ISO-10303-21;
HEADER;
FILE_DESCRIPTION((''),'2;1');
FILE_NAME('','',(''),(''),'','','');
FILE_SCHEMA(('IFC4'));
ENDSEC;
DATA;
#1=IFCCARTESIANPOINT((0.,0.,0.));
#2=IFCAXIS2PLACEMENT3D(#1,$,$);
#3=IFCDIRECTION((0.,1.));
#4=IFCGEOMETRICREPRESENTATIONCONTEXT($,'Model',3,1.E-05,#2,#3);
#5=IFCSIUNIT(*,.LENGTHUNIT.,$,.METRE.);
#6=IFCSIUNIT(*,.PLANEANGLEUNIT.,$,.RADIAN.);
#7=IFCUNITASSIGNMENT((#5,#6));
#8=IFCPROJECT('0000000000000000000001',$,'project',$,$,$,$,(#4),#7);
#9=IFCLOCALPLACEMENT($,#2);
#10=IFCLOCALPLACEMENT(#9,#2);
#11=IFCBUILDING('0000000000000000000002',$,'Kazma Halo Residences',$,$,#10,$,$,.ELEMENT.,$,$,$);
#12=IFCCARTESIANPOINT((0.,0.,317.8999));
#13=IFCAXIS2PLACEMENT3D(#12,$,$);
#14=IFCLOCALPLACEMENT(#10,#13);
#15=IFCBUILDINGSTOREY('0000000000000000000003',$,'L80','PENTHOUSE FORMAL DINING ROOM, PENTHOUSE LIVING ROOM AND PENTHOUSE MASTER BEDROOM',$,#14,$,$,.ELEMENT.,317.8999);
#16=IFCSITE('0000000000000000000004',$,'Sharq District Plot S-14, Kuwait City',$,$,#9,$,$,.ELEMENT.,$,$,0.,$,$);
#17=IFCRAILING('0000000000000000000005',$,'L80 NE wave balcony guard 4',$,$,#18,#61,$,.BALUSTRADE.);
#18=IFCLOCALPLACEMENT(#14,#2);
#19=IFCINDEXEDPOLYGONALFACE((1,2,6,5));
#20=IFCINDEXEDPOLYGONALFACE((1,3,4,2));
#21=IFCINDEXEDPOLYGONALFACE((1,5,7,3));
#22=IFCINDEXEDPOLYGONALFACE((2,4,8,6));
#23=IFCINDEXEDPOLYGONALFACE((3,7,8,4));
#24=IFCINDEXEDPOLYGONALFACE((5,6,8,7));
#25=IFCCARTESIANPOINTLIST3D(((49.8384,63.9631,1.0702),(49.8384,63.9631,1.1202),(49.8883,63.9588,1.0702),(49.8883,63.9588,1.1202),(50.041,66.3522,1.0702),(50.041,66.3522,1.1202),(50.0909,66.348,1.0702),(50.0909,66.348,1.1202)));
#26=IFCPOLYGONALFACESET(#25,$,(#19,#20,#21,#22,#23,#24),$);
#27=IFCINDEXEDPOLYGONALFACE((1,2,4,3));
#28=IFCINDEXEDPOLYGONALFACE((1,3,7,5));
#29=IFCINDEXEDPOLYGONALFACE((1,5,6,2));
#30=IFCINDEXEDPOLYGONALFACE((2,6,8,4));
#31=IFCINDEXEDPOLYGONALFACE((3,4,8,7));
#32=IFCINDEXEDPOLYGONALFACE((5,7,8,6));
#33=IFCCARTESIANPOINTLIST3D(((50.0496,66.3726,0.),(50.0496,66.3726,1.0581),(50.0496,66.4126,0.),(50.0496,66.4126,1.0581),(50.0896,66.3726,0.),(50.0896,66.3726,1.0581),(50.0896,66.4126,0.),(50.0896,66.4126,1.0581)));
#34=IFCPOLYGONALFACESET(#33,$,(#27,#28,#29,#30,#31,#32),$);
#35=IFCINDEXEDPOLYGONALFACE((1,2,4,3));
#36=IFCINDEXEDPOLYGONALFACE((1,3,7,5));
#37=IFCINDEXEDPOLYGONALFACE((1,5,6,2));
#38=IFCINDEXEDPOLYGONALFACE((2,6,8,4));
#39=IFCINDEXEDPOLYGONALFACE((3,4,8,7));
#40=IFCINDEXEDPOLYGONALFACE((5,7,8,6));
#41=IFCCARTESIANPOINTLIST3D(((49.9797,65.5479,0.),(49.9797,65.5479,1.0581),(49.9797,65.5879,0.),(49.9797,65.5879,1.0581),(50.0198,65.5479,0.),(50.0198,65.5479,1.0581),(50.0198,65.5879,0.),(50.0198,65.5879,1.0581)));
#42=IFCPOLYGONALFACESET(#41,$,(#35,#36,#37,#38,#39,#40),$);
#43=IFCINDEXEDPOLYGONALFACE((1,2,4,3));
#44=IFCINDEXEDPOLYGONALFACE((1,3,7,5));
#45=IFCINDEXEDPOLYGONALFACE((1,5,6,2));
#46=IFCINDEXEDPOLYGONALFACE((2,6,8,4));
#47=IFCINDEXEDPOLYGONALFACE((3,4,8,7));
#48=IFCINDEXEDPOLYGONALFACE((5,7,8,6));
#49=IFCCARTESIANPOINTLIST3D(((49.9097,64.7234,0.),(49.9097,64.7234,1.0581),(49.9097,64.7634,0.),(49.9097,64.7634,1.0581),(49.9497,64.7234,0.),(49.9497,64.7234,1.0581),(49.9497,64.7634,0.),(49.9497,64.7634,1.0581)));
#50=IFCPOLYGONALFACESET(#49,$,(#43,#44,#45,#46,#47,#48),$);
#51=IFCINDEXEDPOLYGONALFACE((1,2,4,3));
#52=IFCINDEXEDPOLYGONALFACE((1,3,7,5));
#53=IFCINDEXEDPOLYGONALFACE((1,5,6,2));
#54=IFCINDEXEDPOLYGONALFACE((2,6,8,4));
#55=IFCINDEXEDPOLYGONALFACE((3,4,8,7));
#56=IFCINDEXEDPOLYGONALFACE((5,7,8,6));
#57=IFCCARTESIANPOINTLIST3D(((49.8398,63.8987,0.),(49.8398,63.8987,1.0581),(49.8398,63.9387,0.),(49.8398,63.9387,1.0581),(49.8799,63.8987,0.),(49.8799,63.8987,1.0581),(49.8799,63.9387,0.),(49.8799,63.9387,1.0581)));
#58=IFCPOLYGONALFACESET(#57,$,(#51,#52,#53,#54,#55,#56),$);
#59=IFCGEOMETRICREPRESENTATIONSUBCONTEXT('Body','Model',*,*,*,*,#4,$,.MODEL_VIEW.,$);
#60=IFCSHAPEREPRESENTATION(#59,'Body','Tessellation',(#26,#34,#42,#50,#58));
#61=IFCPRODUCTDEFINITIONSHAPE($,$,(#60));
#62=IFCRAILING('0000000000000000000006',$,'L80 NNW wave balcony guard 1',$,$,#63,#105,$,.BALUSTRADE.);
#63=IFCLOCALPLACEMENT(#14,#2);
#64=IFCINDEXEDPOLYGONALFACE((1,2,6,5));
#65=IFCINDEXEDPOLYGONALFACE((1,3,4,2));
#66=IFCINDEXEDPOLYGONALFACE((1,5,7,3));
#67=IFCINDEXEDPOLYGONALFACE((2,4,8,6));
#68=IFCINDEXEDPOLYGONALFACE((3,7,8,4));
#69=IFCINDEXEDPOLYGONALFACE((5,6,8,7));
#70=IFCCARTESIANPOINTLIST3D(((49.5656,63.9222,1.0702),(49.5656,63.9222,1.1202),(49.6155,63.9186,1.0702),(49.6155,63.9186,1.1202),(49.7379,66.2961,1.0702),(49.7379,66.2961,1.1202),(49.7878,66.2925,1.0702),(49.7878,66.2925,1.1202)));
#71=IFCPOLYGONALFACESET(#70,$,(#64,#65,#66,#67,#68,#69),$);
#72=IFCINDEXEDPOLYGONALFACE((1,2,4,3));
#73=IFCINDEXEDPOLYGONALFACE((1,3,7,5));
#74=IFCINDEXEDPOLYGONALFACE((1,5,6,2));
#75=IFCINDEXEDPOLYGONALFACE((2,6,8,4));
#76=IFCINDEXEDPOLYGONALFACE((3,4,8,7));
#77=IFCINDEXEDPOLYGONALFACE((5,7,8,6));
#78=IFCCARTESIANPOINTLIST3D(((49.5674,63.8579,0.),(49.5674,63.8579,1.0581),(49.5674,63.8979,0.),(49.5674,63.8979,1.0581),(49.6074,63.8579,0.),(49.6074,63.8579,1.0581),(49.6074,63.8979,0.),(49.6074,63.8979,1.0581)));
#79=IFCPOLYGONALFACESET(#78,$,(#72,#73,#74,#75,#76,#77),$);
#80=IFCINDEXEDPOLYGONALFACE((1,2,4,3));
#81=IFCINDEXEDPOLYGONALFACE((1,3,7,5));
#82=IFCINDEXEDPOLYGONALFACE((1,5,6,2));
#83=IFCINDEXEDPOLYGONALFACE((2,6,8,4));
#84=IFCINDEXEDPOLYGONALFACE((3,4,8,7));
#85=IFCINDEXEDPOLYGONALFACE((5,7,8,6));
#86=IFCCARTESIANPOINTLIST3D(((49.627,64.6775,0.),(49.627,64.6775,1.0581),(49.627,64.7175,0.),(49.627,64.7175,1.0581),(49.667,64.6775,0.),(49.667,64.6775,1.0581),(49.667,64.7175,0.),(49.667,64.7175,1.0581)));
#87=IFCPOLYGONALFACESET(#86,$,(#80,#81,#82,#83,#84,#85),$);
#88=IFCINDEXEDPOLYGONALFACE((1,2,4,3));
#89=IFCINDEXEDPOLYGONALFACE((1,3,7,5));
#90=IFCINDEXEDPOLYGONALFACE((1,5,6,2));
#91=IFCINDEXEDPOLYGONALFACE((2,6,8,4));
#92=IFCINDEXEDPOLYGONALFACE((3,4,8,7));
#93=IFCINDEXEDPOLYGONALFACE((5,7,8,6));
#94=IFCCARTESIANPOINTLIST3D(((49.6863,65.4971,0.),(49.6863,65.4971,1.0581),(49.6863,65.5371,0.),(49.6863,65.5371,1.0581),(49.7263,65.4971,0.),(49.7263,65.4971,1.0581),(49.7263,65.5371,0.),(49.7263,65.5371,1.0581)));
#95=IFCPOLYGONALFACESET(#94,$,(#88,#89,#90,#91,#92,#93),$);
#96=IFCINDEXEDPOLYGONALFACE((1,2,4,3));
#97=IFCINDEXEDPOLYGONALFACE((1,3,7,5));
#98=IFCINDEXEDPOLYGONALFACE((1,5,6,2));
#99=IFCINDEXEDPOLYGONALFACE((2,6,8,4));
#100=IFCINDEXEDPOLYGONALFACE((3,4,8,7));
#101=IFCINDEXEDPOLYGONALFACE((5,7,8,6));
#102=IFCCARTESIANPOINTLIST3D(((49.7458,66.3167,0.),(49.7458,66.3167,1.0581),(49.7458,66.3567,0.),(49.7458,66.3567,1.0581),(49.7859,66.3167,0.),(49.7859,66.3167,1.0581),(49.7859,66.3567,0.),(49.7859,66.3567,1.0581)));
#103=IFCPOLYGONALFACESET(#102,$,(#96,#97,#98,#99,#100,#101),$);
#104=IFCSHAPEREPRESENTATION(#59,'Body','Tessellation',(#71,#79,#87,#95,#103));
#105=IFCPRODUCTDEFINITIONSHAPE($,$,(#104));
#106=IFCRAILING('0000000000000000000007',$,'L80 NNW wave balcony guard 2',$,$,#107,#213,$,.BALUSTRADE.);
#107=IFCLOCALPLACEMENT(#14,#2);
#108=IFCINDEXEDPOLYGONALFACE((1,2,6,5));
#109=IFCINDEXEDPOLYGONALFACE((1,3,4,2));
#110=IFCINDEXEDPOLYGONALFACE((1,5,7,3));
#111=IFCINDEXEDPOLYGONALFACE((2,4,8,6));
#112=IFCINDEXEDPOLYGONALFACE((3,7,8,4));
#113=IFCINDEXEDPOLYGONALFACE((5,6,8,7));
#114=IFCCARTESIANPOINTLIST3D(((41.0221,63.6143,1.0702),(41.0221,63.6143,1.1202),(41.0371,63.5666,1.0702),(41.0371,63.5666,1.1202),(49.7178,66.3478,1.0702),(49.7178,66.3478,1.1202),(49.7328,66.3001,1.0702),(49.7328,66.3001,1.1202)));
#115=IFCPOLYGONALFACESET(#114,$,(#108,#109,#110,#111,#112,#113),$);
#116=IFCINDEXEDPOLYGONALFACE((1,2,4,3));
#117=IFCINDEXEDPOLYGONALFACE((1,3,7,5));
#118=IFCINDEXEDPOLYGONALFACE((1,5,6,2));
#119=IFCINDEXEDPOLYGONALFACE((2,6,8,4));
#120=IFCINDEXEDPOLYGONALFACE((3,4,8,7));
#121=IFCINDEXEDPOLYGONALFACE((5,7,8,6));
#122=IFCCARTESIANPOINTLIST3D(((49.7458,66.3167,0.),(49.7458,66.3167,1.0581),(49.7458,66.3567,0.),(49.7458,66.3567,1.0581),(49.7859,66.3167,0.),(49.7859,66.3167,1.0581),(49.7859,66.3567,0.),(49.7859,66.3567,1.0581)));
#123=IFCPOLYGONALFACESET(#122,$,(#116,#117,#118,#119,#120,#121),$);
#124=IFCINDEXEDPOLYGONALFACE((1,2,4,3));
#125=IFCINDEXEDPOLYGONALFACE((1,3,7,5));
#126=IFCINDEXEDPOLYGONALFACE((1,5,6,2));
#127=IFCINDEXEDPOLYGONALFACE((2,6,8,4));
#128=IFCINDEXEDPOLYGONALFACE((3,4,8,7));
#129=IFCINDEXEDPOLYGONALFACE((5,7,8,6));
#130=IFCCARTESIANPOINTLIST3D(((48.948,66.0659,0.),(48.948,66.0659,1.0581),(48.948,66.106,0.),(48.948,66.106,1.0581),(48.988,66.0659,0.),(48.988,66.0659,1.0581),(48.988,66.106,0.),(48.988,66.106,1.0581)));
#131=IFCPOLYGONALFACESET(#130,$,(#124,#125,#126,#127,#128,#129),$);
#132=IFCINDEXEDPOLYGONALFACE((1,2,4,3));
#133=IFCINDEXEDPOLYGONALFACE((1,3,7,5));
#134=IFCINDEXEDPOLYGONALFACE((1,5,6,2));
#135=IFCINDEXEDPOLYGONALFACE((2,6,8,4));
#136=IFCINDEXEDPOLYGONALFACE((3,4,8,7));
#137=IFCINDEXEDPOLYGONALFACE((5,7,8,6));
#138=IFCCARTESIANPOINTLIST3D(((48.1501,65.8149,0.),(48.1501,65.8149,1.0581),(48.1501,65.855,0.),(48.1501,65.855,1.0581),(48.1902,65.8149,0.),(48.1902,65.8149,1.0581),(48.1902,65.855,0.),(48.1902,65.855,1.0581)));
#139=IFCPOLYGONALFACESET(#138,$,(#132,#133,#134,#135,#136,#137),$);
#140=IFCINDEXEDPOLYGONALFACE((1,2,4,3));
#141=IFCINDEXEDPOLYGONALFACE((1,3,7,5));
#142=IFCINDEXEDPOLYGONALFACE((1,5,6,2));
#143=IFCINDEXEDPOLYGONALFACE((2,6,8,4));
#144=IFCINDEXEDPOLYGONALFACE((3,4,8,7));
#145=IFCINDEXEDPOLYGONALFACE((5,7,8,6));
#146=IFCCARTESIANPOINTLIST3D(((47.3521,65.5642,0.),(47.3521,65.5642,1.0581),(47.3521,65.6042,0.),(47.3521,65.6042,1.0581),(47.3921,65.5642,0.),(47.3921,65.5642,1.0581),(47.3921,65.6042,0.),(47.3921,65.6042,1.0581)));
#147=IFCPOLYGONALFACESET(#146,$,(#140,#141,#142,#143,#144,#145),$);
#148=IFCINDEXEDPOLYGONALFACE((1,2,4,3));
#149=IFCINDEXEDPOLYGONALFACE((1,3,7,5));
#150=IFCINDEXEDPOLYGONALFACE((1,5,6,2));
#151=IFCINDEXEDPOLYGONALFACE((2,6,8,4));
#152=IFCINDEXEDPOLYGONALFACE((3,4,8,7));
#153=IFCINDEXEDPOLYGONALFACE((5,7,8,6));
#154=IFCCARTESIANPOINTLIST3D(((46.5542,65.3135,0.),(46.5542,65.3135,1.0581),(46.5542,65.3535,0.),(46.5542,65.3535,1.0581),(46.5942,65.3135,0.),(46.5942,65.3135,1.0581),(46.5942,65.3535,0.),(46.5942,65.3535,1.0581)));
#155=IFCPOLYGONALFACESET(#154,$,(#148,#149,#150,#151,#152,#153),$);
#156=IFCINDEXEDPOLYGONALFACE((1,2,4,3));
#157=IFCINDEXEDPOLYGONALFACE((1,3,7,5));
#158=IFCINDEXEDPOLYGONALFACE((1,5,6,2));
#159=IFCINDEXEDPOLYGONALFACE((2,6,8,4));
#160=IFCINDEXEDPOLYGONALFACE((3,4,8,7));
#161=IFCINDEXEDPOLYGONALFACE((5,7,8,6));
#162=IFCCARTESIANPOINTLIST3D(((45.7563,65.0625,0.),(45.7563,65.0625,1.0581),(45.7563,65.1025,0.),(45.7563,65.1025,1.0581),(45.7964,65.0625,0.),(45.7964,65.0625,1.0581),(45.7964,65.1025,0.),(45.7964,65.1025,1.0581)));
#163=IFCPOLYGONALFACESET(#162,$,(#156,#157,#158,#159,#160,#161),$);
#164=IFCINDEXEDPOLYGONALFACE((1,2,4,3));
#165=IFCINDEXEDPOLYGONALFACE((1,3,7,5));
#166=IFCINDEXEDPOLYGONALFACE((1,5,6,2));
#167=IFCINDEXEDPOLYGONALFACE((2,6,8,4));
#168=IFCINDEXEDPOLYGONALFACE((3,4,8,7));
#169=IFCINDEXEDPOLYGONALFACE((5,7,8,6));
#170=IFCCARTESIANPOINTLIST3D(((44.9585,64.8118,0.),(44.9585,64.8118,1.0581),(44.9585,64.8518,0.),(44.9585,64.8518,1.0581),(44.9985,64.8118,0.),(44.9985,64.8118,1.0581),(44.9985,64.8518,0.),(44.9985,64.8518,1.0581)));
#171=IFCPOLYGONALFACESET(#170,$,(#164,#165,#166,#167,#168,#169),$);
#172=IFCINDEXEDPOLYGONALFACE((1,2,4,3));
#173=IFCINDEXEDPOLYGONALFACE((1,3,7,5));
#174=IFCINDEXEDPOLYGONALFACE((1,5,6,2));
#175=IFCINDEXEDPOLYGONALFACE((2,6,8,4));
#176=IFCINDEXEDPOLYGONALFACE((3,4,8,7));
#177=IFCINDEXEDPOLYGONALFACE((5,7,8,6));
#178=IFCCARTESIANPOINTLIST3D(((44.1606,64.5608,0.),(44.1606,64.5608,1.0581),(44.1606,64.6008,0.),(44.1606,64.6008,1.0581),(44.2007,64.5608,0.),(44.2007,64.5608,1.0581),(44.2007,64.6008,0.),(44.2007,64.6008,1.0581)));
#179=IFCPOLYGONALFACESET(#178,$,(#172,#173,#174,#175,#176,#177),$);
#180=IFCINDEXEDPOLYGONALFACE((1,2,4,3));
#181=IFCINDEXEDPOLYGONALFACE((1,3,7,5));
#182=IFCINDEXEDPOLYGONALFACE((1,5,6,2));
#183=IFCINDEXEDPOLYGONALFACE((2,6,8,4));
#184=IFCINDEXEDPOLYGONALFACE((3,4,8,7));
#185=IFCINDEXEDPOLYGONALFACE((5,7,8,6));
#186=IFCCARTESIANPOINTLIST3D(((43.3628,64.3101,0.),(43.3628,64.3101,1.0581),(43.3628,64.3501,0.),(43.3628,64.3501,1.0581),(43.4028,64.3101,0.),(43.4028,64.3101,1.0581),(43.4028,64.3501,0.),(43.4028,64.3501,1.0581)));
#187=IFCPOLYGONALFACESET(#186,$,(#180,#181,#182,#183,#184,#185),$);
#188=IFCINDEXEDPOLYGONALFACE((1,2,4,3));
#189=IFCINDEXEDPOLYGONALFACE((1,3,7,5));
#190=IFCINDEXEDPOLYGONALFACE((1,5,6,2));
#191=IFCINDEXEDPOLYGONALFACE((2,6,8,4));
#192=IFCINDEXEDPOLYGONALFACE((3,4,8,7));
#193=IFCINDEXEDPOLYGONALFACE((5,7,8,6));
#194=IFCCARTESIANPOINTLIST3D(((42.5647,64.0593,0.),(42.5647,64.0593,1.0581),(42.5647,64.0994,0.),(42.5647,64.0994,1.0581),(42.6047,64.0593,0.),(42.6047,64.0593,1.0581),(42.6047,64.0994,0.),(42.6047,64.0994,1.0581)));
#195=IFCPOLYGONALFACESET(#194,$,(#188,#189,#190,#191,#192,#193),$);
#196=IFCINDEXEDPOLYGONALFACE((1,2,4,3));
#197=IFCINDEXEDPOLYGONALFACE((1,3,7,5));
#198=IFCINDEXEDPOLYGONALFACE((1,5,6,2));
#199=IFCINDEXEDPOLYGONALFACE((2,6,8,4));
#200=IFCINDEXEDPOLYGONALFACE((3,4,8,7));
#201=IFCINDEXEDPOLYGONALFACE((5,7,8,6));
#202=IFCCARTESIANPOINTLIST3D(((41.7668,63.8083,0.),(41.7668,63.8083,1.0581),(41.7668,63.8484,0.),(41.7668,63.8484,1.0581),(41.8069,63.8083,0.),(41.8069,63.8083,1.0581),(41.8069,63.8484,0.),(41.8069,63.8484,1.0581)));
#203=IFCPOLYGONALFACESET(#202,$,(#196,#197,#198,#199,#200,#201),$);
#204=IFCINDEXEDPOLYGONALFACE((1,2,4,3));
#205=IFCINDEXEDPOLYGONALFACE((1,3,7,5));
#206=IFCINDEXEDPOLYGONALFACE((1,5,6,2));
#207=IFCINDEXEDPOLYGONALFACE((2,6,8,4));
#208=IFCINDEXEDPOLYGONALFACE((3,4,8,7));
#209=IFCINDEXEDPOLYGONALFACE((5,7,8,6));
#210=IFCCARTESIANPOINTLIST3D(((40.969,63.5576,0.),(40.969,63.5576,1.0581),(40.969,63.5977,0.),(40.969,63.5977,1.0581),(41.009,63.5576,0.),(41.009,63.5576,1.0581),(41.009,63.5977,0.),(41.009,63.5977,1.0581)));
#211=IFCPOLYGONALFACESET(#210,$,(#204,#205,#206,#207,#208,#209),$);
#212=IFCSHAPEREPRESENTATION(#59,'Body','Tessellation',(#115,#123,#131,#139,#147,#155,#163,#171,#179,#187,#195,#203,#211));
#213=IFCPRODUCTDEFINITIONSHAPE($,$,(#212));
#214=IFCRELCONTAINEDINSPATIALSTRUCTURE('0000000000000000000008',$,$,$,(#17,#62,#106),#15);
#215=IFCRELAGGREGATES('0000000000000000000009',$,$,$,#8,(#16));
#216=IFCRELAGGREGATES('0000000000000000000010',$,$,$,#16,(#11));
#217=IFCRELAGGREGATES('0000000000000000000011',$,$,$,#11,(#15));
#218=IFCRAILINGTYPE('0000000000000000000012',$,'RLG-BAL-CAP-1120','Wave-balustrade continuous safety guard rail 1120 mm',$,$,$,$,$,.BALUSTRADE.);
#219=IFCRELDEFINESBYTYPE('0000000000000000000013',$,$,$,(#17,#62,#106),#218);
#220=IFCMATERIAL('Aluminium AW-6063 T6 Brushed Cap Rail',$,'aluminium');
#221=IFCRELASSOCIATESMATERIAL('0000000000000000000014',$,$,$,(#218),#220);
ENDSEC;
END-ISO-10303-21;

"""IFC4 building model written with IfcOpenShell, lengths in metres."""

from ifc_helpers import new_model, si_unit, direction, frame, origin, origin_2d, place, context, subcontext, project, spatial, rectangle, extrude, material, type_object, element, save


model = new_model("IFC4")

# Units and contexts
model_context = context("Model", 3, precision=1e-05, world=origin(), true_north=direction((0.0, 1.0)))
body_context = subcontext(model_context, "Body", "Model", "MODEL_VIEW")
ifc_project = project(units=[si_unit("LENGTHUNIT", "METRE"), si_unit("PLANEANGLEUNIT", "RADIAN")], contexts=[model_context])

# Site, building, storey
site_placement = place(None, origin())
site = spatial("IfcSite", under=ifc_project, at=site_placement, Name="Sharq District Plot S-14, Kuwait City", CompositionType="ELEMENT", RefElevation=0.0)
building_placement = place(site_placement, origin())
building = spatial("IfcBuilding", under=site, at=building_placement, Name="Kazma Halo Residences", CompositionType="ELEMENT")
storey_placement = place(building_placement, frame((0.0, 0.0, 317.8999)))
storey = spatial("IfcBuildingStorey", under=building, at=storey_placement, Name="L80", Description="PENTHOUSE FORMAL DINING ROOM, PENTHOUSE LIVING ROOM AND PENTHOUSE MASTER BEDROOM", CompositionType="ELEMENT", Elevation=317.8999)

# Railings
ifc_material_1 = material(Name="Aluminium AW-6063 T6 Brushed Cap Rail", Category="aluminium")
railing_type = type_object("IfcRailingType", Name="RLG-BAL-CAP-1120", Description="Wave-balustrade continuous safety guard rail 1120 mm", PredefinedType="BALUSTRADE", material=ifc_material_1)
railing_1_placement = place(storey_placement, frame((50.0696, 66.3926, 0.0)))
element("IfcRailing", 1, at=railing_1_placement, inside=storey, type_object=railing_type, Name="L80 NE wave balcony guard 4", PredefinedType="BALUSTRADE", context=body_context, shape_type="SweptSolid", body=[
    extrude(rectangle(XDim=0.05, YDim=0.05, at=origin_2d()), frame((-0.0037, -0.0425, 1.0952), z_axis=(-0.08447, -0.996426, 0.0), x_axis=(0.996426, -0.08447, 0.0)), (0.0, 0.0, 1.0), 2.3977),
    extrude(rectangle(XDim=0.04, YDim=0.04, at=origin_2d()), origin(), (0.0, 0.0, 1.0), 1.0581),
    extrude(rectangle(XDim=0.04, YDim=0.04, at=origin_2d()), frame((-0.0698, -0.8247, 0.0)), (0.0, 0.0, 1.0), 1.0581),
    extrude(rectangle(XDim=0.04, YDim=0.04, at=origin_2d()), frame((-0.1399, -1.6492, 0.0)), (0.0, 0.0, 1.0), 1.0581),
    extrude(rectangle(XDim=0.04, YDim=0.04, at=origin_2d()), frame((-0.2097, -2.4739, 0.0)), (0.0, 0.0, 1.0), 1.0581),
])
railing_2_placement = place(storey_placement, frame((49.5874, 63.8779, 0.0)))
element("IfcRailing", 2, at=railing_2_placement, inside=storey, type_object=railing_type, Name="L80 NNW wave balcony guard 1", PredefinedType="BALUSTRADE", context=body_context, shape_type="SweptSolid", body=[
    extrude(rectangle(XDim=0.05, YDim=0.05, at=origin_2d()), frame((0.0032, 0.0425, 1.0952), z_axis=(0.072394, 0.997376, 0.0), x_axis=(-0.997376, 0.072394, 0.0)), (0.0, 0.0, 1.0), 2.3801),
    extrude(rectangle(XDim=0.04, YDim=0.04, at=origin_2d()), origin(), (0.0, 0.0, 1.0), 1.0581),
    extrude(rectangle(XDim=0.04, YDim=0.04, at=origin_2d()), frame((0.0596, 0.8196, 0.0)), (0.0, 0.0, 1.0), 1.0581),
    extrude(rectangle(XDim=0.04, YDim=0.04, at=origin_2d()), frame((0.1189, 1.6392, 0.0)), (0.0, 0.0, 1.0), 1.0581),
    extrude(rectangle(XDim=0.04, YDim=0.04, at=origin_2d()), frame((0.1785, 2.4587, 0.0)), (0.0, 0.0, 1.0), 1.0581),
])
railing_3_placement = place(storey_placement, frame((49.7659, 66.3367, 0.0)))
element("IfcRailing", 3, at=railing_3_placement, inside=storey, type_object=railing_type, Name="L80 NNW wave balcony guard 2", PredefinedType="BALUSTRADE", context=body_context, shape_type="SweptSolid", body=[
    extrude(rectangle(XDim=0.05, YDim=0.05, at=origin_2d()), frame((-0.0405, -0.0127, 1.0952), z_axis=(-0.953975, -0.299885, 0.0), x_axis=(0.299885, -0.953975, 0.0)), (0.0, 0.0, 1.0), 9.1152),
    extrude(rectangle(XDim=0.04, YDim=0.04, at=origin_2d()), origin(), (0.0, 0.0, 1.0), 1.0581),
    extrude(rectangle(XDim=0.04, YDim=0.04, at=origin_2d()), frame((-0.7979, -0.2507, 0.0)), (0.0, 0.0, 1.0), 1.0581),
    extrude(rectangle(XDim=0.04, YDim=0.04, at=origin_2d()), frame((-1.5957, -0.5017, 0.0)), (0.0, 0.0, 1.0), 1.0581),
    extrude(rectangle(XDim=0.04, YDim=0.04, at=origin_2d()), frame((-2.3938, -0.7524, 0.0)), (0.0, 0.0, 1.0), 1.0581),
    extrude(rectangle(XDim=0.04, YDim=0.04, at=origin_2d()), frame((-3.1917, -1.0032, 0.0)), (0.0, 0.0, 1.0), 1.0581),
    extrude(rectangle(XDim=0.04, YDim=0.04, at=origin_2d()), frame((-3.9895, -1.2542, 0.0)), (0.0, 0.0, 1.0), 1.0581),
    extrude(rectangle(XDim=0.04, YDim=0.04, at=origin_2d()), frame((-4.7874, -1.5049, 0.0)), (0.0, 0.0, 1.0), 1.0581),
    extrude(rectangle(XDim=0.04, YDim=0.04, at=origin_2d()), frame((-5.5852, -1.7559, 0.0)), (0.0, 0.0, 1.0), 1.0581),
    extrude(rectangle(XDim=0.04, YDim=0.04, at=origin_2d()), frame((-6.3831, -2.0066, 0.0)), (0.0, 0.0, 1.0), 1.0581),
    extrude(rectangle(XDim=0.04, YDim=0.04, at=origin_2d()), frame((-7.1812, -2.2573, 0.0)), (0.0, 0.0, 1.0), 1.0581),
    extrude(rectangle(XDim=0.04, YDim=0.04, at=origin_2d()), frame((-7.979, -2.5083, 0.0)), (0.0, 0.0, 1.0), 1.0581),
    extrude(rectangle(XDim=0.04, YDim=0.04, at=origin_2d()), frame((-8.7769, -2.759, 0.0)), (0.0, 0.0, 1.0), 1.0581),
])

save(model, "model.ifc")
